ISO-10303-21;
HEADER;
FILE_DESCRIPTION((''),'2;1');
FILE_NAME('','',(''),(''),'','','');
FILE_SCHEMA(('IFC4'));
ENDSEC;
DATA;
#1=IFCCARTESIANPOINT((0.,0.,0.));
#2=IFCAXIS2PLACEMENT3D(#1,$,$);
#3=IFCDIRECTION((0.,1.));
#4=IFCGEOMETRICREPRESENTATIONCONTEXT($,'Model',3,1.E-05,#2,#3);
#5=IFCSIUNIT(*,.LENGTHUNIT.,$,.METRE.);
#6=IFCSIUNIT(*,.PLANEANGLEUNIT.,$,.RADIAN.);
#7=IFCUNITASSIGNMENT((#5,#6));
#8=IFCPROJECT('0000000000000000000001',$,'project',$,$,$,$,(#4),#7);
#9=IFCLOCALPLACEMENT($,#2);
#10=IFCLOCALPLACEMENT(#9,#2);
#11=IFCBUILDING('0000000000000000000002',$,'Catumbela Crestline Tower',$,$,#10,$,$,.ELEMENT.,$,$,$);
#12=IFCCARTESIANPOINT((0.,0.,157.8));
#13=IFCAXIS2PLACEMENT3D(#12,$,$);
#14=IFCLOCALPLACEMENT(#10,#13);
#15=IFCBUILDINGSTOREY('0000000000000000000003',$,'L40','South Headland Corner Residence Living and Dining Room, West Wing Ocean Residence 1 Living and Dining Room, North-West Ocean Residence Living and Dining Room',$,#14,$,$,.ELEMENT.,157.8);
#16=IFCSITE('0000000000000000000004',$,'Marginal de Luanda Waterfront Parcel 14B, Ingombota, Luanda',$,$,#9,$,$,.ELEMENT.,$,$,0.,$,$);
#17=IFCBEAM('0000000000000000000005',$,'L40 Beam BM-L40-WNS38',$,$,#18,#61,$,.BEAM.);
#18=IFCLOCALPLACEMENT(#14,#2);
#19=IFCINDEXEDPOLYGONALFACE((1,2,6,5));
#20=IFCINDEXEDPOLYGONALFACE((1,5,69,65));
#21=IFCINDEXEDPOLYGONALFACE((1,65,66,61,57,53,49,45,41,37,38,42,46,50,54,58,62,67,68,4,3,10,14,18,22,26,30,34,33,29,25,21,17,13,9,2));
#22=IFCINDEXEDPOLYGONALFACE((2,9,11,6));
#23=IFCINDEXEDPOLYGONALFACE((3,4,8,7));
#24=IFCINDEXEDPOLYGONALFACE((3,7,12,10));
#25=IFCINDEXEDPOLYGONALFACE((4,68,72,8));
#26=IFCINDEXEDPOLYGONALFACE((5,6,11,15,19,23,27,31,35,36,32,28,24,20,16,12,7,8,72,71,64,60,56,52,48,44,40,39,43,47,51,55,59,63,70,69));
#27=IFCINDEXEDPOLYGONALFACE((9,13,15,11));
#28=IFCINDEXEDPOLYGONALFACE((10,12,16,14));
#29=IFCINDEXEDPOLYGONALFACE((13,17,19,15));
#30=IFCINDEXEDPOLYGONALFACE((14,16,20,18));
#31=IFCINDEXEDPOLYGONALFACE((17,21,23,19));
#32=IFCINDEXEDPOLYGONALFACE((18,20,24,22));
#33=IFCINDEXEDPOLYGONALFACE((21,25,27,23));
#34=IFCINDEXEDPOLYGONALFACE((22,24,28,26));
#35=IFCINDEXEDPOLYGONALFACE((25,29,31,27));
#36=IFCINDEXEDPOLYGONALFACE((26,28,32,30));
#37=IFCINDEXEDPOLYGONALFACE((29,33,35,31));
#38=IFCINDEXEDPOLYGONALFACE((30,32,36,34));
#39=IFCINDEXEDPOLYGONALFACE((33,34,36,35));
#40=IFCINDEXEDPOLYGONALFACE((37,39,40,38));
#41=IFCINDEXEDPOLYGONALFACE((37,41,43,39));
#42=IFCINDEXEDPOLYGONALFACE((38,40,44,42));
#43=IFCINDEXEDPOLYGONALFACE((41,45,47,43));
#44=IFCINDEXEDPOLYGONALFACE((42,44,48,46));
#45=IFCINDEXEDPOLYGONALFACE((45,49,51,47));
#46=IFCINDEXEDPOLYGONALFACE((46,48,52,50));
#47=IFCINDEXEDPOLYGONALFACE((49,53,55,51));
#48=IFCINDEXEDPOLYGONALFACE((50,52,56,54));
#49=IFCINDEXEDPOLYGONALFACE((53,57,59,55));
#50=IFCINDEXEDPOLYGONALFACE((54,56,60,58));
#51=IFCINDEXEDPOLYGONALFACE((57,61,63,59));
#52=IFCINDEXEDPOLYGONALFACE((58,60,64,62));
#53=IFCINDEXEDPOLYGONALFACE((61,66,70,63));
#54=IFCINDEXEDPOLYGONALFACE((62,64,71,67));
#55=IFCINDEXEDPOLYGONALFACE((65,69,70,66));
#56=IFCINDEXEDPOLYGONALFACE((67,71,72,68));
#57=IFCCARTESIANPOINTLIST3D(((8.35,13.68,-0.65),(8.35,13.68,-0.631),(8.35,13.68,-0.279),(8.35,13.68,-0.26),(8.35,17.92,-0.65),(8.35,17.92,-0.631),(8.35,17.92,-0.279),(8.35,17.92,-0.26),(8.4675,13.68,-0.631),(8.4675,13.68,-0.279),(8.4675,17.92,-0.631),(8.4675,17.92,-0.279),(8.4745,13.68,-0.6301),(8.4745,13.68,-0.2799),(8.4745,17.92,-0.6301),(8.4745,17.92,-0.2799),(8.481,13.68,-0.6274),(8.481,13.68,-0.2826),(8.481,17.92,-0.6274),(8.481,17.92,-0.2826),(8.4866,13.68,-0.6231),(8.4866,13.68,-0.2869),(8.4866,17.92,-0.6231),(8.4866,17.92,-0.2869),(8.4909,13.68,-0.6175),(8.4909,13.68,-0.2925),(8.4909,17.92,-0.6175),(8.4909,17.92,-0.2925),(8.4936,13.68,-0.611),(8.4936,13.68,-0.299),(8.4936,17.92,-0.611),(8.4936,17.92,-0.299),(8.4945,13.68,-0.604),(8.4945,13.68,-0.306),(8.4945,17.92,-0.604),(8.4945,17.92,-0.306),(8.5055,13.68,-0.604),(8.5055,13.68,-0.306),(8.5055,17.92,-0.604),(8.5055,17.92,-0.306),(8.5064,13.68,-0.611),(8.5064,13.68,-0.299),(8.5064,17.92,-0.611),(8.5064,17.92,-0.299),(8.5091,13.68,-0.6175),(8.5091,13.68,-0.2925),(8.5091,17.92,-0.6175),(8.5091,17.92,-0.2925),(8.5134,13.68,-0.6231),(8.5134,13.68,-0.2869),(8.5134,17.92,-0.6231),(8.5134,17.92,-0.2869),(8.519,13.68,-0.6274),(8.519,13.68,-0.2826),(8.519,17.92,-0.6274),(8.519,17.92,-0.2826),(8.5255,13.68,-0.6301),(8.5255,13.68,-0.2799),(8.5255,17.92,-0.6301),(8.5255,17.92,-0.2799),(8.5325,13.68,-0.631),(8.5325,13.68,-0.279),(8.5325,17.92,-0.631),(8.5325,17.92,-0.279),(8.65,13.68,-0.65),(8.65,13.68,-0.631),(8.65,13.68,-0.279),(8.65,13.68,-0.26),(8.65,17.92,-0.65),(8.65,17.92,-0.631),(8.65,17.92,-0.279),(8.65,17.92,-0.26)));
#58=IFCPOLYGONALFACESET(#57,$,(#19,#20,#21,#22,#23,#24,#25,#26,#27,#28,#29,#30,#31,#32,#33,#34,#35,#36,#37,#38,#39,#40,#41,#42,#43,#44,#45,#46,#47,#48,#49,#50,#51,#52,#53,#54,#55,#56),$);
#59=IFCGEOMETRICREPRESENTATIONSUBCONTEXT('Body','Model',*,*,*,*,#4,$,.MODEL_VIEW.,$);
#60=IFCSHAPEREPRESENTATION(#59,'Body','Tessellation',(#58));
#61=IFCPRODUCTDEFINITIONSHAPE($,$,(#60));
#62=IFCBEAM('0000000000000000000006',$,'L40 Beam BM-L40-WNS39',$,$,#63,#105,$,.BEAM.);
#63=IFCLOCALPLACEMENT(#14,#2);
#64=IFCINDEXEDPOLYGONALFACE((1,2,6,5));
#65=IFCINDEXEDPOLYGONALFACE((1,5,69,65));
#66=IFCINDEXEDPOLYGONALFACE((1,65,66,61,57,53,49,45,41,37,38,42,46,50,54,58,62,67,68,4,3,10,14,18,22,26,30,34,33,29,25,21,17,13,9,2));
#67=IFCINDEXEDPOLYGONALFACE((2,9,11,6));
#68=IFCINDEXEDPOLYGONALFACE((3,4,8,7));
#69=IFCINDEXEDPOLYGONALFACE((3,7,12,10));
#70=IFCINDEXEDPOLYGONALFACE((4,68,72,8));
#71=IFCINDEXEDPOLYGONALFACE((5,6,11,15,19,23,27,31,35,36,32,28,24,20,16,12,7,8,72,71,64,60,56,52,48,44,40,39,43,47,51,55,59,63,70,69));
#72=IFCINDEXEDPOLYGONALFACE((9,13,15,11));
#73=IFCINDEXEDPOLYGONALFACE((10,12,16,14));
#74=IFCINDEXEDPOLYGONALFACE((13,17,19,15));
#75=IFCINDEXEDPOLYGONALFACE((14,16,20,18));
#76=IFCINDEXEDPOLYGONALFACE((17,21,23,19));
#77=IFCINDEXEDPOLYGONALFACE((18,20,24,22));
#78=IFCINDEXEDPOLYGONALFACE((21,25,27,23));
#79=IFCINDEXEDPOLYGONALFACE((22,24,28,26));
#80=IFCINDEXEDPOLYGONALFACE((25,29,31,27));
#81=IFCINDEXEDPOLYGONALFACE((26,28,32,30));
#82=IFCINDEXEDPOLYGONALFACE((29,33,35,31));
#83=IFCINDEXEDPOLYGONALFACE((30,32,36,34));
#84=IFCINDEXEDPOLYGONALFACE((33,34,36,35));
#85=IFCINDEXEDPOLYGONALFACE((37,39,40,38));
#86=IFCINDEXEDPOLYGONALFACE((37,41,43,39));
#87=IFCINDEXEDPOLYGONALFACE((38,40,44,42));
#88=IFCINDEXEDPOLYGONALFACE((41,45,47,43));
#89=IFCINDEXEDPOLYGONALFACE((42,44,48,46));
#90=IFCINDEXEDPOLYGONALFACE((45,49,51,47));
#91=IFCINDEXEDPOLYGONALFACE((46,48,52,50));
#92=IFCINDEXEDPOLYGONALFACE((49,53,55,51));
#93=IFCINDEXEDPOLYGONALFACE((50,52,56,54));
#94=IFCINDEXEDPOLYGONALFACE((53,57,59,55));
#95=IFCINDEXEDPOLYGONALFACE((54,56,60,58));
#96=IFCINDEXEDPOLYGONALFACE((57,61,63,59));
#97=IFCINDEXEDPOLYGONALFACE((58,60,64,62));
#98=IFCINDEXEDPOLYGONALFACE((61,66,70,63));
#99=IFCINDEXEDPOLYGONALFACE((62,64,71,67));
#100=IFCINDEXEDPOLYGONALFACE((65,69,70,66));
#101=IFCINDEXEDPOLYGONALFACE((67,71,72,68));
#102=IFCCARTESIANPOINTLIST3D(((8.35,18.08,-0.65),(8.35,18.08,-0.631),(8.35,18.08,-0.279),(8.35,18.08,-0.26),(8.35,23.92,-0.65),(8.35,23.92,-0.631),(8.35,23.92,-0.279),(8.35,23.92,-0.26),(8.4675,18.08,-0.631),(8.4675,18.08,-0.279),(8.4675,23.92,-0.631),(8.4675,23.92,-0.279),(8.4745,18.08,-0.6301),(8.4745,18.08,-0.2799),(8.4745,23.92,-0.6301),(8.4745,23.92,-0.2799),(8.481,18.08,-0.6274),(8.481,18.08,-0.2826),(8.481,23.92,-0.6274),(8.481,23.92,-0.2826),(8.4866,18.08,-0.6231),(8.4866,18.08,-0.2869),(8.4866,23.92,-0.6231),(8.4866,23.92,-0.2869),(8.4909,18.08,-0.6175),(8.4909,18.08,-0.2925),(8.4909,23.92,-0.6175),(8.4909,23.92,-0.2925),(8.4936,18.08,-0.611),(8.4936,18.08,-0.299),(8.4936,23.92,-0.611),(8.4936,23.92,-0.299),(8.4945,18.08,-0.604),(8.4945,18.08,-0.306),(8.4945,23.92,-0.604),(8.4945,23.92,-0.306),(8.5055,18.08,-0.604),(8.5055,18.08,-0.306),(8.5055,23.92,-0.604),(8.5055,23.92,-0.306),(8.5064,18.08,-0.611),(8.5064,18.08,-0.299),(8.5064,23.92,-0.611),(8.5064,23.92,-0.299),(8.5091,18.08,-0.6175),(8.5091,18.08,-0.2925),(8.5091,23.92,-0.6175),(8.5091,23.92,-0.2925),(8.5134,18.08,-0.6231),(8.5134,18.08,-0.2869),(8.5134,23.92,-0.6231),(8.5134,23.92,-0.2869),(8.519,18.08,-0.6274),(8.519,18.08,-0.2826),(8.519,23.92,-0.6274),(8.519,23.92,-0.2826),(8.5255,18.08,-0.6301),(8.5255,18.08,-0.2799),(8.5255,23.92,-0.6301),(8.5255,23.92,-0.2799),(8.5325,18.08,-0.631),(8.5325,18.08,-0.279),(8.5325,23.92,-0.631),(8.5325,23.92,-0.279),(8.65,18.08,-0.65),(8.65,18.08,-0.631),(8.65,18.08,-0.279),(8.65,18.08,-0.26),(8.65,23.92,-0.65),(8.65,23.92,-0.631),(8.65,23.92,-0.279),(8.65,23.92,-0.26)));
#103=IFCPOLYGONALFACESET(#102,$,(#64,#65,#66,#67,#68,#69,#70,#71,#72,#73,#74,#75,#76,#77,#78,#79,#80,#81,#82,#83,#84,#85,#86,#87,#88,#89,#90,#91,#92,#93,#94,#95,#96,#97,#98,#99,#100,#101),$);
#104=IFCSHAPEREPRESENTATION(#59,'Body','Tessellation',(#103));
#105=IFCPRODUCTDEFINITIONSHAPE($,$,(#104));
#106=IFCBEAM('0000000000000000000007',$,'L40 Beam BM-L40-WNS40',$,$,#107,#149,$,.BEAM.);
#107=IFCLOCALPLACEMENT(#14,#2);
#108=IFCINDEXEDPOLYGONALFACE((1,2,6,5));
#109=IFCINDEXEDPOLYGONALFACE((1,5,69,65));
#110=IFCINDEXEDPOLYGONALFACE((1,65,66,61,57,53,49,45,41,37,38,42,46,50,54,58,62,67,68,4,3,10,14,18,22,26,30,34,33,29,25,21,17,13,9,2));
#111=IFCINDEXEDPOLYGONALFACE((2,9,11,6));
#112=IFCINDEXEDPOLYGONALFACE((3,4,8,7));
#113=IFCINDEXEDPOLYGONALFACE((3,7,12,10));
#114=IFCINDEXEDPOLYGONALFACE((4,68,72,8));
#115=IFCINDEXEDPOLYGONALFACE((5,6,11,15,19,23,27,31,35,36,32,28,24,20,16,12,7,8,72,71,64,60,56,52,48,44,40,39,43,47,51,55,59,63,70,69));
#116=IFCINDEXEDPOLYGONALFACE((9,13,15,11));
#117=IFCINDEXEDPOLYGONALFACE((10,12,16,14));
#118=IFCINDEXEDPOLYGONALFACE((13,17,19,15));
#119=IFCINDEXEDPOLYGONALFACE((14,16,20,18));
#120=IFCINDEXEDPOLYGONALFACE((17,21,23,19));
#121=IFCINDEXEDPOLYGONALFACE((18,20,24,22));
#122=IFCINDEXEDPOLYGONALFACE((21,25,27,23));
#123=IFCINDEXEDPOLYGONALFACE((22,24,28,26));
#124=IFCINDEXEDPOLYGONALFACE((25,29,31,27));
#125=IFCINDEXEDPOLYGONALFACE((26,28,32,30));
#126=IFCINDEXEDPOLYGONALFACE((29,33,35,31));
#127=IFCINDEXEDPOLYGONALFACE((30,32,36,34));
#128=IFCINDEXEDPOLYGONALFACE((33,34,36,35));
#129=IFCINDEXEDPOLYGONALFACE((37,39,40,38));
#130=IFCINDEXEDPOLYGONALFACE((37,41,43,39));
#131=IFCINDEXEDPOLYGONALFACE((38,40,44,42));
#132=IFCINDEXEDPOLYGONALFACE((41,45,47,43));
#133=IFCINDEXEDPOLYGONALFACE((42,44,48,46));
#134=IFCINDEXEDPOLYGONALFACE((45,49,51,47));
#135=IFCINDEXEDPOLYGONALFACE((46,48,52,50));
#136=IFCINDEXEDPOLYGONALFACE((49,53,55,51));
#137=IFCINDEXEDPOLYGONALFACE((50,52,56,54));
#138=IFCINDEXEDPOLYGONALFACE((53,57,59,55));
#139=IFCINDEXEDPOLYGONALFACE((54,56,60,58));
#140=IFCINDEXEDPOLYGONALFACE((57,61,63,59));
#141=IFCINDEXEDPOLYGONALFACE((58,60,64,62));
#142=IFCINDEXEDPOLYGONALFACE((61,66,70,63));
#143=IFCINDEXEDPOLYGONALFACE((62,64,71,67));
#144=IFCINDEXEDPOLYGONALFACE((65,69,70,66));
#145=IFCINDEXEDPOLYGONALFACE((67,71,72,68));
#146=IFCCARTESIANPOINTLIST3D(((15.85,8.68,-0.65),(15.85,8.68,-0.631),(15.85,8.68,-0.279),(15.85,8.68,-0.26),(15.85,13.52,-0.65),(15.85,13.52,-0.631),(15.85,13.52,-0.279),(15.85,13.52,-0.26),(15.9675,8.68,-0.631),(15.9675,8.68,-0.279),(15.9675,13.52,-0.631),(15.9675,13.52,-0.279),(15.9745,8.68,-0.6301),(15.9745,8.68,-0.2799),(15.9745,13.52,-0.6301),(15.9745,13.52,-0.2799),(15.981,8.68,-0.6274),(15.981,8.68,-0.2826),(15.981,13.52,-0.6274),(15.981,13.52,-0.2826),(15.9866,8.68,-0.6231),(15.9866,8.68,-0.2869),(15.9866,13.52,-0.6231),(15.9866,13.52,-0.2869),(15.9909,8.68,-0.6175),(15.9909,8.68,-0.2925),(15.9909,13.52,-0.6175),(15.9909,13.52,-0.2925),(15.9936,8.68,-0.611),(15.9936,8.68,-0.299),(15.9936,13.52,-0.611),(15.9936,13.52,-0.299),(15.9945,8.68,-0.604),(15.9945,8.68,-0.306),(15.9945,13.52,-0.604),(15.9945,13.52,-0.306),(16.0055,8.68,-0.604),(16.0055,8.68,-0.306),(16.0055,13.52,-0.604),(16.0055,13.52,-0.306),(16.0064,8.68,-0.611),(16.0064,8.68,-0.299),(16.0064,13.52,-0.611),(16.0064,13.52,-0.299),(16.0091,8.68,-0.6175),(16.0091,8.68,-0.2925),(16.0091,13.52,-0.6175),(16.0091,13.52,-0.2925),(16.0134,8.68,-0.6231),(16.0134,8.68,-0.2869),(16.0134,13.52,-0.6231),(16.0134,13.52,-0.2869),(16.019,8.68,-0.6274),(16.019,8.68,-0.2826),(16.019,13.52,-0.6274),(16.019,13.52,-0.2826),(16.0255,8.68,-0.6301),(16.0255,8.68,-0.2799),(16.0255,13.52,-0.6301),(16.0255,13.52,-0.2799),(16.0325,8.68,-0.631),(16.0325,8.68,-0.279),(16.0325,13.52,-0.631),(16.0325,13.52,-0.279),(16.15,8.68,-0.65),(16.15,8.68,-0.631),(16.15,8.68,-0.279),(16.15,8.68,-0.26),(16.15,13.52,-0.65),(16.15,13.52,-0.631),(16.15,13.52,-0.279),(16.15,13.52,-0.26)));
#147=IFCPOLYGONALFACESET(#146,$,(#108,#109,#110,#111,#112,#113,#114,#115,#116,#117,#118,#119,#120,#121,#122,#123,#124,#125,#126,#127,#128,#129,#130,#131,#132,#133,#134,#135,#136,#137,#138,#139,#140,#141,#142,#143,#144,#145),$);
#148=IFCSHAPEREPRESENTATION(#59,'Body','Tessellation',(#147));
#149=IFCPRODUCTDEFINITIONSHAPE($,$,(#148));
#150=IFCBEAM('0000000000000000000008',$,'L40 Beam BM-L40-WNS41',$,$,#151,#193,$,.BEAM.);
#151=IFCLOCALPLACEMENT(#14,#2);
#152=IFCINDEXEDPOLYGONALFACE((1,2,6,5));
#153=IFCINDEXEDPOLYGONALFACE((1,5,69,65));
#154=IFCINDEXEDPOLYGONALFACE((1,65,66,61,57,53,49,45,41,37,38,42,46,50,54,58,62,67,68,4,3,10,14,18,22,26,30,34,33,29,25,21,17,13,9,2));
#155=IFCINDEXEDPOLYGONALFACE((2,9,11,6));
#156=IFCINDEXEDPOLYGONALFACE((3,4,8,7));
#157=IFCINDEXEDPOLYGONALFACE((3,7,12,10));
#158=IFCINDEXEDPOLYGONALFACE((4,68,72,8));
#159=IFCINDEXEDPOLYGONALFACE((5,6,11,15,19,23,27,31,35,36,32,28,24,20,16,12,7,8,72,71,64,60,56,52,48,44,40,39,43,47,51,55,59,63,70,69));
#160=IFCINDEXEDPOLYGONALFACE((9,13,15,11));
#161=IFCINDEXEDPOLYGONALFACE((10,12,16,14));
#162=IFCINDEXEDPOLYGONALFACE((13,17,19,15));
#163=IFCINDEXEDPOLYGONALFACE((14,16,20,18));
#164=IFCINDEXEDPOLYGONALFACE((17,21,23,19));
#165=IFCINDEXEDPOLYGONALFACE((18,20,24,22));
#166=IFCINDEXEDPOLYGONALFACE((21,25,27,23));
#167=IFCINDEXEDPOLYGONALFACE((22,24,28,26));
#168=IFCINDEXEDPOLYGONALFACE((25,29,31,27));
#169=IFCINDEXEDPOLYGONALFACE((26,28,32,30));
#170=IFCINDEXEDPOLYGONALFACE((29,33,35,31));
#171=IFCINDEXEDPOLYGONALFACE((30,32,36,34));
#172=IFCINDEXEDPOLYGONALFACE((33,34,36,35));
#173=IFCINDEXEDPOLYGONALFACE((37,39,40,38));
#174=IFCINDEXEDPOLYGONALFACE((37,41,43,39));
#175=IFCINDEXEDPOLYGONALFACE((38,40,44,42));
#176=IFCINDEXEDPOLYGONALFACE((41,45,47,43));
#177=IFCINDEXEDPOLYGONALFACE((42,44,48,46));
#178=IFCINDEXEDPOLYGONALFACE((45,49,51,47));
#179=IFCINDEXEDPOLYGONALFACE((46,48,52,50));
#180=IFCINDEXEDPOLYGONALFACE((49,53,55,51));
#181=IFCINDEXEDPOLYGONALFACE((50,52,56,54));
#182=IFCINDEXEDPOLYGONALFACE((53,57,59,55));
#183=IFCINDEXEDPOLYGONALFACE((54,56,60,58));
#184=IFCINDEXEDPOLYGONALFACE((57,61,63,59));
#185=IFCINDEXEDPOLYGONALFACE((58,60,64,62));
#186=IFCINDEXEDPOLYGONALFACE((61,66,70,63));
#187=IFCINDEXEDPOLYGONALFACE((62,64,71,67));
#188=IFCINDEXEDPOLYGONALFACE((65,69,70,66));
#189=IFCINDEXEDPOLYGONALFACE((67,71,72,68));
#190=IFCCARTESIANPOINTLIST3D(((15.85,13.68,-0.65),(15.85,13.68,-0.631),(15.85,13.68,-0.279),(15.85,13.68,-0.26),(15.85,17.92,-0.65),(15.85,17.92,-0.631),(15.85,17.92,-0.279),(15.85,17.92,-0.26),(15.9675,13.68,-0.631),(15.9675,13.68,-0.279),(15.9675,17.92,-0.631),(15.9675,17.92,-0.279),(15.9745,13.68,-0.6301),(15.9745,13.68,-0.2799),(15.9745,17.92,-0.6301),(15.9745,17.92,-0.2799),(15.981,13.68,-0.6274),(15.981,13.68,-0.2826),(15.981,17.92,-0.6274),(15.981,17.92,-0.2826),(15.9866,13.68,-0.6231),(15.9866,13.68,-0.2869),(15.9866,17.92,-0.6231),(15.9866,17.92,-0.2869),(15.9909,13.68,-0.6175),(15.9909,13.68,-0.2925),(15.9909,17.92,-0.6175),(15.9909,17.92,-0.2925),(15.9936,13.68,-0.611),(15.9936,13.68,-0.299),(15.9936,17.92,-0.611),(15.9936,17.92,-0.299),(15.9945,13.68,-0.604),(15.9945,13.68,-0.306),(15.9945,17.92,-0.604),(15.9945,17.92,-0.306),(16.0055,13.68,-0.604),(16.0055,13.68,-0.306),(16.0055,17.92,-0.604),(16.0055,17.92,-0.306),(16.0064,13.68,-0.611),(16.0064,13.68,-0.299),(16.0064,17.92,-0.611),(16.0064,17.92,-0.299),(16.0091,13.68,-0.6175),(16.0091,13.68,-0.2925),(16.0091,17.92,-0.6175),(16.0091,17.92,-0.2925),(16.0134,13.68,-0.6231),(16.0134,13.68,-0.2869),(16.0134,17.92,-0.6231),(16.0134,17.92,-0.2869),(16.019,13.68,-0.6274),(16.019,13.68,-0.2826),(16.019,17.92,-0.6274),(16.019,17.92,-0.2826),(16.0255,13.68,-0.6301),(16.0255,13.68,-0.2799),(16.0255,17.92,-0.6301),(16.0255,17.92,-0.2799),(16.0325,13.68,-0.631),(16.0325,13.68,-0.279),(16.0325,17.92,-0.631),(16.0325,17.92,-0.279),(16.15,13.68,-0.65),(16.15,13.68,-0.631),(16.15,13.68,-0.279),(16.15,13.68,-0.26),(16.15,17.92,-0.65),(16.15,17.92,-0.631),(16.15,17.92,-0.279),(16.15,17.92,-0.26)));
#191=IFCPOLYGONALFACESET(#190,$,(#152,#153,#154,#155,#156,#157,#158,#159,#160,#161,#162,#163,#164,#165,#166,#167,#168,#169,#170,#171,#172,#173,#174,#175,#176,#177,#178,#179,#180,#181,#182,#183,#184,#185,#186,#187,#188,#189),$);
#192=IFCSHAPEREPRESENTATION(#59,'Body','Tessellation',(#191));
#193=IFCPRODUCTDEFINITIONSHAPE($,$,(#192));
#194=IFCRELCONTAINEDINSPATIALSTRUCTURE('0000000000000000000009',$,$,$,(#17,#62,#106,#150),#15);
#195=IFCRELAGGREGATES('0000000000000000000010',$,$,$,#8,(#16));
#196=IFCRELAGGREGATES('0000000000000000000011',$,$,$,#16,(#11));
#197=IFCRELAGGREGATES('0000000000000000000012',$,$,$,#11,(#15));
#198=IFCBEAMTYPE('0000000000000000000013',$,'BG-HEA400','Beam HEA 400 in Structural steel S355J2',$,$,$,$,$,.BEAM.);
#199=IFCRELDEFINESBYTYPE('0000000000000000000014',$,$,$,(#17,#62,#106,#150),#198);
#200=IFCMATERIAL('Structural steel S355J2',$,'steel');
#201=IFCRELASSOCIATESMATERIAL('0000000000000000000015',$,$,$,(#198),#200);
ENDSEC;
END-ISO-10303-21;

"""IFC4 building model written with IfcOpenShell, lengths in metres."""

from ifc_helpers import new_model, si_unit, direction, frame, origin, origin_2d, place, context, subcontext, project, spatial, i_section, extrude, material, material_profile, profile_set, type_object, element, save


model = new_model("IFC4")

# Units and contexts
model_context = context("Model", 3, precision=1e-05, world=origin(), true_north=direction((0.0, 1.0)))
body_context = subcontext(model_context, "Body", "Model", "MODEL_VIEW")
ifc_project = project(units=[si_unit("LENGTHUNIT", "METRE"), si_unit("PLANEANGLEUNIT", "RADIAN")], contexts=[model_context])

# Site, building, storey
site_placement = place(None, origin())
site = spatial("IfcSite", under=ifc_project, at=site_placement, Name="Marginal de Luanda Waterfront Parcel 14B, Ingombota, Luanda", CompositionType="ELEMENT", RefElevation=0.0)
building_placement = place(site_placement, origin())
building = spatial("IfcBuilding", under=site, at=building_placement, Name="Catumbela Crestline Tower", CompositionType="ELEMENT")
storey_placement = place(building_placement, frame((0.0, 0.0, 157.8)))
storey = spatial("IfcBuildingStorey", under=building, at=storey_placement, Name="L40", Description="South Headland Corner Residence Living and Dining Room, West Wing Ocean Residence 1 Living and Dining Room, North-West Ocean Residence Living and Dining Room", CompositionType="ELEMENT", Elevation=157.8)

# Shared definitions
ifc_material_1 = material(Name="Structural steel S355J2", Category="steel")

# Beams
ifc_material_profile_1 = material_profile(ifc_material_1, i_section(OverallWidth=0.3, OverallDepth=0.39, WebThickness=0.011, FlangeThickness=0.019, FilletRadius=0.027, at=origin_2d()), Name="HEA 400")
ifc_profile_set_1 = profile_set([ifc_material_profile_1], Name="Structural steel S355J2")
beam_type_1 = type_object("IfcBeamType", Name="BG-HEA400", Description="Beam HEA 400 in Structural steel S355J2", PredefinedType="BEAM", material=ifc_profile_set_1)
beam_1_placement = place(storey_placement, frame((8.5, 13.68, -0.455), z_axis=(0.0, 1.0, 0.0), x_axis=(-1.0, 0.0, 0.0)))
element("IfcBeam", 1, at=beam_1_placement, inside=storey, type_object=beam_type_1, Name="L40 Beam BM-L40-WNS38", PredefinedType="BEAM", context=body_context, shape_type="SweptSolid", body=[
    extrude(i_section(OverallWidth=0.3, OverallDepth=0.39, WebThickness=0.011, FlangeThickness=0.019, FilletRadius=0.027, at=origin_2d()), origin(), (0.0, 0.0, 1.0), 4.24),
])
beam_2_placement = place(storey_placement, frame((8.5, 18.08, -0.455), z_axis=(0.0, 1.0, 0.0), x_axis=(-1.0, 0.0, 0.0)))
element("IfcBeam", 2, at=beam_2_placement, inside=storey, type_object=beam_type_1, Name="L40 Beam BM-L40-WNS39", PredefinedType="BEAM", context=body_context, shape_type="SweptSolid", body=[
    extrude(i_section(OverallWidth=0.3, OverallDepth=0.39, WebThickness=0.011, FlangeThickness=0.019, FilletRadius=0.027, at=origin_2d()), origin(), (0.0, 0.0, 1.0), 5.84),
])
beam_3_placement = place(storey_placement, frame((16.0, 8.68, -0.455), z_axis=(0.0, 1.0, 0.0), x_axis=(-1.0, 0.0, 0.0)))
element("IfcBeam", 3, at=beam_3_placement, inside=storey, type_object=beam_type_1, Name="L40 Beam BM-L40-WNS40", PredefinedType="BEAM", context=body_context, shape_type="SweptSolid", body=[
    extrude(i_section(OverallWidth=0.3, OverallDepth=0.39, WebThickness=0.011, FlangeThickness=0.019, FilletRadius=0.027, at=origin_2d()), origin(), (0.0, 0.0, 1.0), 4.84),
])
beam_4_placement = place(storey_placement, frame((16.0, 13.68, -0.455), z_axis=(0.0, 1.0, 0.0), x_axis=(-1.0, 0.0, 0.0)))
element("IfcBeam", 4, at=beam_4_placement, inside=storey, type_object=beam_type_1, Name="L40 Beam BM-L40-WNS41", PredefinedType="BEAM", context=body_context, shape_type="SweptSolid", body=[
    extrude(i_section(OverallWidth=0.3, OverallDepth=0.39, WebThickness=0.011, FlangeThickness=0.019, FilletRadius=0.027, at=origin_2d()), origin(), (0.0, 0.0, 1.0), 4.24),
])

save(model, "model.ifc")
